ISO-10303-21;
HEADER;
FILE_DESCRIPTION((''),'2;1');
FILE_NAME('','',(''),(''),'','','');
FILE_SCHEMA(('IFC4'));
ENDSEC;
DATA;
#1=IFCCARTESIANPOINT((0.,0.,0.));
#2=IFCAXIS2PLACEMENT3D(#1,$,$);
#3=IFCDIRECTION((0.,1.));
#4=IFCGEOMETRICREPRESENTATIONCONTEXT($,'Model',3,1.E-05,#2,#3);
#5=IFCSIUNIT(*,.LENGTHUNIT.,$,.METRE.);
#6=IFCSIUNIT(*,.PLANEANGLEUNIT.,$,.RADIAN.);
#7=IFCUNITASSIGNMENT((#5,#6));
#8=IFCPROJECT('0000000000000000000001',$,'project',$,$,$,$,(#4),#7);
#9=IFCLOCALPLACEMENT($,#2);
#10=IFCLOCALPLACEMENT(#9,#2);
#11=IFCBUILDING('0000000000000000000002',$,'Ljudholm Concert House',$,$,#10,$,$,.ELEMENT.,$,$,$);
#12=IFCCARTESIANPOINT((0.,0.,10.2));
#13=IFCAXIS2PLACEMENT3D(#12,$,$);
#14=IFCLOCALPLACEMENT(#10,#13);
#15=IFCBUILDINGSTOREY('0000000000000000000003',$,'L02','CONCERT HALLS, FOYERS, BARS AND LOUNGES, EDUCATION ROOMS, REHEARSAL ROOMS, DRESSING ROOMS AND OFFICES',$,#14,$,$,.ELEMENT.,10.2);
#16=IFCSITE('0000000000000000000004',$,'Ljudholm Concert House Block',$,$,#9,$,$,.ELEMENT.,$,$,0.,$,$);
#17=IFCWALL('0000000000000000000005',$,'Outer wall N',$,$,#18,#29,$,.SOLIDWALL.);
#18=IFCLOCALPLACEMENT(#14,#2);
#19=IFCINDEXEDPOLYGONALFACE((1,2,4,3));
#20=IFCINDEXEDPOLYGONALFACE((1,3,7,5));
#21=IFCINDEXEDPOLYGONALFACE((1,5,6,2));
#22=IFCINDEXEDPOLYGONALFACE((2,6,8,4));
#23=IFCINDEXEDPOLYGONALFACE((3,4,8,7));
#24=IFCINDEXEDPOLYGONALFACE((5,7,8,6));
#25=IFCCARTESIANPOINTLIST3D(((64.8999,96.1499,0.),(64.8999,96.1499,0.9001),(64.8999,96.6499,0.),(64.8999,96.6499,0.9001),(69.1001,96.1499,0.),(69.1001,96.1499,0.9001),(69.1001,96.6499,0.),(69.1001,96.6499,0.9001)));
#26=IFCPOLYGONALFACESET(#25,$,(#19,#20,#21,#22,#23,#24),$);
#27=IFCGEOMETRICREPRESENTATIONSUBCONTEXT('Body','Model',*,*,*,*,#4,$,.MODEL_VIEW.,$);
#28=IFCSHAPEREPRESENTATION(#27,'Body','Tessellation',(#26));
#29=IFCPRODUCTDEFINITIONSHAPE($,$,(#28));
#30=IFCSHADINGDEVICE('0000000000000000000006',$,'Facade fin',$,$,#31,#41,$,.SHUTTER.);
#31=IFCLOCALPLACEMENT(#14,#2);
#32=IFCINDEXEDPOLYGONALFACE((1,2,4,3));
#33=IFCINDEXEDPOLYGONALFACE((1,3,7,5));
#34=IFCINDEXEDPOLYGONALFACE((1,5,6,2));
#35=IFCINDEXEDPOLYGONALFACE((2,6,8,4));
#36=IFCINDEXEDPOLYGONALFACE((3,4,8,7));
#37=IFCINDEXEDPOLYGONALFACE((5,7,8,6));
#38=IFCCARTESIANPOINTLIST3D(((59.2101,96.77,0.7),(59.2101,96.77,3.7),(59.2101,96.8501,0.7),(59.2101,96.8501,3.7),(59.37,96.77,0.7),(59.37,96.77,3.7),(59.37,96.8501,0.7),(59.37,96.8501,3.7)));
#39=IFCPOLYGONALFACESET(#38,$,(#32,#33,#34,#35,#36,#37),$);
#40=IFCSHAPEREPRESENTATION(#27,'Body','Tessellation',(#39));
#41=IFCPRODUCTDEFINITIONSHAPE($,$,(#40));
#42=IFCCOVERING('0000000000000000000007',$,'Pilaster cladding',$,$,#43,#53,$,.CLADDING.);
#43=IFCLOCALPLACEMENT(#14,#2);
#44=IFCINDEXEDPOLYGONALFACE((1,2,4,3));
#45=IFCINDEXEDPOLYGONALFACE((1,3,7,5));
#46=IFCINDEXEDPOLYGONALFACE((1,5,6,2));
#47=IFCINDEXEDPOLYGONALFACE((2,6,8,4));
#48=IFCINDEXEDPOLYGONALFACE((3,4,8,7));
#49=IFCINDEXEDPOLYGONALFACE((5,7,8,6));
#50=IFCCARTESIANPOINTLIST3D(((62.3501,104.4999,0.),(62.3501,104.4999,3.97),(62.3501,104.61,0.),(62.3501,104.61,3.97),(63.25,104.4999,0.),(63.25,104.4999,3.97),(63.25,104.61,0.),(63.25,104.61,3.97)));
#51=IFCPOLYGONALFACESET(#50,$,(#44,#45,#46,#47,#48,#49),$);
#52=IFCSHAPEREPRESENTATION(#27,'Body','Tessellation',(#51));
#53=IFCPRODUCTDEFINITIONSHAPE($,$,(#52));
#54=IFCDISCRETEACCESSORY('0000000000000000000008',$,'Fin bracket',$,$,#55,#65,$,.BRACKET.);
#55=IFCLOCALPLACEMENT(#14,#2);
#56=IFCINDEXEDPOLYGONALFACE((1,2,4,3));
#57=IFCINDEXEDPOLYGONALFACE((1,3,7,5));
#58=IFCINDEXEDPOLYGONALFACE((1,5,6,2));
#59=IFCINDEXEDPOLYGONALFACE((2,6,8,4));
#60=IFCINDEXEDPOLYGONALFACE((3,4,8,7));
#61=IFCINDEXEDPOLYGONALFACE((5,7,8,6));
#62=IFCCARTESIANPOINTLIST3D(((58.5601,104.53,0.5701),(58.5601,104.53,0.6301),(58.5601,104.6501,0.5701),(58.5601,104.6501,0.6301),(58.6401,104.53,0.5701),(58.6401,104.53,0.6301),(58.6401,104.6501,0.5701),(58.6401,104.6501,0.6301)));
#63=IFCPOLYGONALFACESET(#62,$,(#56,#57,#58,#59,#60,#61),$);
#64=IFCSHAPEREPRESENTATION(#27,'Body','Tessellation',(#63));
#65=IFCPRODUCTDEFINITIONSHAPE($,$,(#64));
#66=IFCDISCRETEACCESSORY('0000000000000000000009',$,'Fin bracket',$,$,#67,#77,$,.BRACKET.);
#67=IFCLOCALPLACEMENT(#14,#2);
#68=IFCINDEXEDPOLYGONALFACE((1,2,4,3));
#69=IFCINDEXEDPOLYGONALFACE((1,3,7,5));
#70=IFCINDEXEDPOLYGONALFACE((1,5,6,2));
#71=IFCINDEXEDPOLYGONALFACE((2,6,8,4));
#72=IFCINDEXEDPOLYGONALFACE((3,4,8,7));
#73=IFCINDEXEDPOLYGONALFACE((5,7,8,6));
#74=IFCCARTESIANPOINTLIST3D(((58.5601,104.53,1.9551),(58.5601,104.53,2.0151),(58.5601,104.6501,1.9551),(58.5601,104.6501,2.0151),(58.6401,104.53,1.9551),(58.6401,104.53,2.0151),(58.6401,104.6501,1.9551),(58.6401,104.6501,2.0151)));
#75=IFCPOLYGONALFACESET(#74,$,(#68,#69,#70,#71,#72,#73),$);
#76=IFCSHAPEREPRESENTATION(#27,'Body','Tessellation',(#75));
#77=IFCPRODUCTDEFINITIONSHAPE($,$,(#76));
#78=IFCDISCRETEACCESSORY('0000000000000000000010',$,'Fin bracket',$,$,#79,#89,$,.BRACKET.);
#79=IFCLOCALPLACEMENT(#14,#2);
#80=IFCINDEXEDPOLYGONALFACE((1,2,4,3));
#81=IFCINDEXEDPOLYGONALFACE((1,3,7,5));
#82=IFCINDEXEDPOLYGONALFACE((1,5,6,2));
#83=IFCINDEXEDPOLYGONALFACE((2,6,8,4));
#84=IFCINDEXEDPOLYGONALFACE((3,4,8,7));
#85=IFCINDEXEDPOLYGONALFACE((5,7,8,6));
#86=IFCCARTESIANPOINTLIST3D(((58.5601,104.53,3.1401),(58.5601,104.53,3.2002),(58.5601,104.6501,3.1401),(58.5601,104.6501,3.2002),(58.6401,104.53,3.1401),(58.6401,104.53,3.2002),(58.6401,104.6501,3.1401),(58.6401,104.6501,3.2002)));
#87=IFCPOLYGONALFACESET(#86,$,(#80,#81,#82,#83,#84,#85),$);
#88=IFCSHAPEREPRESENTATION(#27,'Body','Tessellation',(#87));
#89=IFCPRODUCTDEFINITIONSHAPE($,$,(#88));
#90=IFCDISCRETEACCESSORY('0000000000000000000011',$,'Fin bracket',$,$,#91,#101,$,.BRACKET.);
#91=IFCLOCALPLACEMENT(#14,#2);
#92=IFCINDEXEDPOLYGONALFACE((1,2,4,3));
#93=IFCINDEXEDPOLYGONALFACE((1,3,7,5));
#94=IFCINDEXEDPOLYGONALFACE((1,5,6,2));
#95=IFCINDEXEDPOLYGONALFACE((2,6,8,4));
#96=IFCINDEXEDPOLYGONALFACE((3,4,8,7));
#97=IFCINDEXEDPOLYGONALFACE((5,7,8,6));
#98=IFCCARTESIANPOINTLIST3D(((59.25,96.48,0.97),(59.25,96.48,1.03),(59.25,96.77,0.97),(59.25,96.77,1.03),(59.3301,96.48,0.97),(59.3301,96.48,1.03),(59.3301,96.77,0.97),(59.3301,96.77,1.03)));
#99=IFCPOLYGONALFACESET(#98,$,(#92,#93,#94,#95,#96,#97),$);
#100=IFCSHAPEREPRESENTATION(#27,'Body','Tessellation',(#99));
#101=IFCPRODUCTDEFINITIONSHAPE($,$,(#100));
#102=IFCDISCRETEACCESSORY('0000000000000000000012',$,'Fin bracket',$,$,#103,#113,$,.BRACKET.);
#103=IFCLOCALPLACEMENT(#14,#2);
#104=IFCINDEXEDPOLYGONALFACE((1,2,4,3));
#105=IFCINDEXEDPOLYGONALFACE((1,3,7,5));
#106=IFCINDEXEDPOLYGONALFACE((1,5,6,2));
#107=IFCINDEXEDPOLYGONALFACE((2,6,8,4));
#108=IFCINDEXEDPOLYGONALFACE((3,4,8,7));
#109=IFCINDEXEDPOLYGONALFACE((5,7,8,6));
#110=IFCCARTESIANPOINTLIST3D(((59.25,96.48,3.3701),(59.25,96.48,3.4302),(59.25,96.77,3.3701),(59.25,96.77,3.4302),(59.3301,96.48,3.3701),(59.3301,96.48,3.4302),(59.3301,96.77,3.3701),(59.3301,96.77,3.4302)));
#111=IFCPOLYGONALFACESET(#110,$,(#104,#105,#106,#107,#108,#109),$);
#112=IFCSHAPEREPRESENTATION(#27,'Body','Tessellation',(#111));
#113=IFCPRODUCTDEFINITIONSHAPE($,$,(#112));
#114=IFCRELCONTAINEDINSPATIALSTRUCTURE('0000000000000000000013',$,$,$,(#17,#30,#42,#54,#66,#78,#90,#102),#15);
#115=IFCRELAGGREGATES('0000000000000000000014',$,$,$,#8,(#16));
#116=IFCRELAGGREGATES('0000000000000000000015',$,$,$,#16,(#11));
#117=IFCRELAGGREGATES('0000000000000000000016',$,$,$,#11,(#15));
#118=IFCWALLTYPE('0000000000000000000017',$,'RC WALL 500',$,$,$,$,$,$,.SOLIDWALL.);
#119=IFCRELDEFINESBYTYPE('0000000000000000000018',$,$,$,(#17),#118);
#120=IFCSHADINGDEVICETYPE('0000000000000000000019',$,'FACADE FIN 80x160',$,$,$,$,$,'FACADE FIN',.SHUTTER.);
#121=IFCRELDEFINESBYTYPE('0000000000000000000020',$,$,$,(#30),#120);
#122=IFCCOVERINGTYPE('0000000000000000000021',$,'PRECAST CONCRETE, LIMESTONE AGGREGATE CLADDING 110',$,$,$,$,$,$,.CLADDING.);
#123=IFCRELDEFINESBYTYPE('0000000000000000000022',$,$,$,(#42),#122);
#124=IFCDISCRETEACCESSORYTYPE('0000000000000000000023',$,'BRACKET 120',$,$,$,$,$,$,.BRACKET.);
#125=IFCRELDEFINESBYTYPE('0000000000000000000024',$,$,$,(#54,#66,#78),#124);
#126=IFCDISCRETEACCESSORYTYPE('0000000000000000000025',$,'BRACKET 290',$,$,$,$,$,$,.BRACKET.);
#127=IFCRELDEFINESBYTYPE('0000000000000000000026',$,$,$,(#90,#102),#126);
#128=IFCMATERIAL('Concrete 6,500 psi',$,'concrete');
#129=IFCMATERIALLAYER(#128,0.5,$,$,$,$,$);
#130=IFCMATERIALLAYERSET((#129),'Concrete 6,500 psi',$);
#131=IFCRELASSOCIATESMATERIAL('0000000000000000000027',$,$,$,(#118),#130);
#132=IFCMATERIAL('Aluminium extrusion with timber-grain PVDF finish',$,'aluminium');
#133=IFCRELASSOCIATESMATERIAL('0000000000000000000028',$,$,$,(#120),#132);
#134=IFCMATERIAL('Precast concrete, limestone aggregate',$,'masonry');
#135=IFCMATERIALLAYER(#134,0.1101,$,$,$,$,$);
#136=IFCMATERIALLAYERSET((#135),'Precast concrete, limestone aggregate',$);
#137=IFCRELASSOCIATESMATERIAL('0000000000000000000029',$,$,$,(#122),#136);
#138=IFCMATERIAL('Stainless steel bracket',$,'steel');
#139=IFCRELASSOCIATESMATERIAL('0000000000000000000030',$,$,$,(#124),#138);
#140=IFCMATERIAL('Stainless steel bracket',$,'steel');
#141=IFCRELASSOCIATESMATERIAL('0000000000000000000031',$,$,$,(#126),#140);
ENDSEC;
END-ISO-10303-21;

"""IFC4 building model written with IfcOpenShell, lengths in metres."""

from ifc_helpers import new_model, si_unit, direction, frame, frame_2d, origin, origin_2d, place, context, subcontext, project, spatial, rectangle, extrude, material, layer, layer_set, type_object, element, save


model = new_model("IFC4")

# Units and contexts
model_context = context("Model", 3, precision=1e-05, world=origin(), true_north=direction((0.0, 1.0)))
body_context = subcontext(model_context, "Body", "Model", "MODEL_VIEW")
ifc_project = project(units=[si_unit("LENGTHUNIT", "METRE"), si_unit("PLANEANGLEUNIT", "RADIAN")], contexts=[model_context])

# Site, building, storey
site_placement = place(None, origin())
site = spatial("IfcSite", under=ifc_project, at=site_placement, Name="Ljudholm Concert House Block", CompositionType="ELEMENT", RefElevation=0.0)
building_placement = place(site_placement, origin())
building = spatial("IfcBuilding", under=site, at=building_placement, Name="Ljudholm Concert House", CompositionType="ELEMENT")
storey_placement = place(building_placement, frame((0.0, 0.0, 10.2)))
storey = spatial("IfcBuildingStorey", under=building, at=storey_placement, Name="L02", Description="CONCERT HALLS, FOYERS, BARS AND LOUNGES, EDUCATION ROOMS, REHEARSAL ROOMS, DRESSING ROOMS AND OFFICES", CompositionType="ELEMENT", Elevation=10.2)

# Wall
ifc_material_1 = material(Name="Concrete 6,500 psi", Category="concrete")
ifc_layer_1 = layer(ifc_material_1, 0.5)
ifc_layer_set_1 = layer_set([ifc_layer_1], Name="Concrete 6,500 psi")
wall_type = type_object("IfcWallType", Name="RC WALL 500", PredefinedType="SOLIDWALL", material=ifc_layer_set_1)
wall_1_placement = place(storey_placement, frame((64.8999, 96.3999, 0.0), z_axis=(0.0, 0.0, 1.0), x_axis=(1.0, 0.0, 0.0)))
element("IfcWall", 1, at=wall_1_placement, inside=storey, type_object=wall_type, Name="Outer wall N", PredefinedType="SOLIDWALL", context=body_context, shape_type="SweptSolid", body=[
    extrude(rectangle(XDim=4.2002, YDim=0.5, at=frame_2d((2.1001, 0.0))), origin(), (0.0, 0.0, 1.0), 0.9001),
])

# Shading device
ifc_material_2 = material(Name="Aluminium extrusion with timber-grain PVDF finish", Category="aluminium")
shading_device_type = type_object("IfcShadingDeviceType", Name="FACADE FIN 80x160", ElementType="FACADE FIN", PredefinedType="SHUTTER", material=ifc_material_2)
shading_device_placement = place(storey_placement, frame((59.29, 96.8101, 0.7), z_axis=(0.0, 0.0, 1.0), x_axis=(0.0, 1.0, 0.0)))
element("IfcShadingDevice", 2, at=shading_device_placement, inside=storey, type_object=shading_device_type, Name="Facade fin", PredefinedType="SHUTTER", context=body_context, shape_type="SweptSolid", body=[
    extrude(rectangle(XDim=0.0801, YDim=0.1599, at=origin_2d()), origin(), (0.0, 0.0, 1.0), 3.0),
])

# Covering
ifc_material_3 = material(Name="Precast concrete, limestone aggregate", Category="masonry")
ifc_layer_2 = layer(ifc_material_3, 0.1101)
ifc_layer_set_2 = layer_set([ifc_layer_2], Name="Precast concrete, limestone aggregate")
covering_type = type_object("IfcCoveringType", Name="PRECAST CONCRETE, LIMESTONE AGGREGATE CLADDING 110", PredefinedType="CLADDING", material=ifc_layer_set_2)
covering_placement = place(storey_placement, frame((62.8, 104.5549, 0.0), z_axis=(0.0, 0.0, 1.0), x_axis=(0.0, -1.0, 0.0)))
element("IfcCovering", 3, at=covering_placement, inside=storey, type_object=covering_type, Name="Pilaster cladding", PredefinedType="CLADDING", context=body_context, shape_type="SweptSolid", body=[
    extrude(rectangle(XDim=0.1101, YDim=0.8999, at=origin_2d()), origin(), (0.0, 0.0, 1.0), 3.97),
])

# Discrete accessories
ifc_material_4 = material(Name="Stainless steel bracket", Category="steel")
discrete_accessory_type_1 = type_object("IfcDiscreteAccessoryType", Name="BRACKET 120", PredefinedType="BRACKET", material=ifc_material_4)
for number, where, z_axis, x_axis, name in (
    (4, (58.6001, 104.5901, 0.5701), (0.0, 0.0, 1.0), (0.0, -1.0, 0.0), "Fin bracket"),
    (5, (58.6001, 104.5901, 1.9551), (0.0, 0.0, 1.0), (0.0, -1.0, 0.0), "Fin bracket"),
    (6, (58.6001, 104.5901, 3.1401), (0.0, 0.0, 1.0), (0.0, -1.0, 0.0), "Fin bracket"),
):
    element("IfcDiscreteAccessory", number, at=place(storey_placement, frame(where, z_axis=z_axis, x_axis=x_axis)), inside=storey, type_object=discrete_accessory_type_1, Name=name, PredefinedType="BRACKET", context=body_context, shape_type="SweptSolid", body=[
        extrude(rectangle(XDim=0.1201, YDim=0.0801, at=origin_2d()), origin(), (0.0, 0.0, 1.0), 0.0601),
    ])
ifc_material_5 = material(Name="Stainless steel bracket", Category="steel")
discrete_accessory_type_2 = type_object("IfcDiscreteAccessoryType", Name="BRACKET 290", PredefinedType="BRACKET", material=ifc_material_5)
for number, where, z_axis, x_axis, name in (
    (7, (59.29, 96.625, 0.97), (0.0, 0.0, 1.0), (0.0, 1.0, 0.0), "Fin bracket"),
    (8, (59.29, 96.625, 3.3701), (0.0, 0.0, 1.0), (0.0, 1.0, 0.0), "Fin bracket"),
):
    element("IfcDiscreteAccessory", number, at=place(storey_placement, frame(where, z_axis=z_axis, x_axis=x_axis)), inside=storey, type_object=discrete_accessory_type_2, Name=name, PredefinedType="BRACKET", context=body_context, shape_type="SweptSolid", body=[
        extrude(rectangle(XDim=0.29, YDim=0.0801, at=origin_2d()), origin(), (0.0, 0.0, 1.0), 0.0601),
    ])

save(model, "model.ifc")
